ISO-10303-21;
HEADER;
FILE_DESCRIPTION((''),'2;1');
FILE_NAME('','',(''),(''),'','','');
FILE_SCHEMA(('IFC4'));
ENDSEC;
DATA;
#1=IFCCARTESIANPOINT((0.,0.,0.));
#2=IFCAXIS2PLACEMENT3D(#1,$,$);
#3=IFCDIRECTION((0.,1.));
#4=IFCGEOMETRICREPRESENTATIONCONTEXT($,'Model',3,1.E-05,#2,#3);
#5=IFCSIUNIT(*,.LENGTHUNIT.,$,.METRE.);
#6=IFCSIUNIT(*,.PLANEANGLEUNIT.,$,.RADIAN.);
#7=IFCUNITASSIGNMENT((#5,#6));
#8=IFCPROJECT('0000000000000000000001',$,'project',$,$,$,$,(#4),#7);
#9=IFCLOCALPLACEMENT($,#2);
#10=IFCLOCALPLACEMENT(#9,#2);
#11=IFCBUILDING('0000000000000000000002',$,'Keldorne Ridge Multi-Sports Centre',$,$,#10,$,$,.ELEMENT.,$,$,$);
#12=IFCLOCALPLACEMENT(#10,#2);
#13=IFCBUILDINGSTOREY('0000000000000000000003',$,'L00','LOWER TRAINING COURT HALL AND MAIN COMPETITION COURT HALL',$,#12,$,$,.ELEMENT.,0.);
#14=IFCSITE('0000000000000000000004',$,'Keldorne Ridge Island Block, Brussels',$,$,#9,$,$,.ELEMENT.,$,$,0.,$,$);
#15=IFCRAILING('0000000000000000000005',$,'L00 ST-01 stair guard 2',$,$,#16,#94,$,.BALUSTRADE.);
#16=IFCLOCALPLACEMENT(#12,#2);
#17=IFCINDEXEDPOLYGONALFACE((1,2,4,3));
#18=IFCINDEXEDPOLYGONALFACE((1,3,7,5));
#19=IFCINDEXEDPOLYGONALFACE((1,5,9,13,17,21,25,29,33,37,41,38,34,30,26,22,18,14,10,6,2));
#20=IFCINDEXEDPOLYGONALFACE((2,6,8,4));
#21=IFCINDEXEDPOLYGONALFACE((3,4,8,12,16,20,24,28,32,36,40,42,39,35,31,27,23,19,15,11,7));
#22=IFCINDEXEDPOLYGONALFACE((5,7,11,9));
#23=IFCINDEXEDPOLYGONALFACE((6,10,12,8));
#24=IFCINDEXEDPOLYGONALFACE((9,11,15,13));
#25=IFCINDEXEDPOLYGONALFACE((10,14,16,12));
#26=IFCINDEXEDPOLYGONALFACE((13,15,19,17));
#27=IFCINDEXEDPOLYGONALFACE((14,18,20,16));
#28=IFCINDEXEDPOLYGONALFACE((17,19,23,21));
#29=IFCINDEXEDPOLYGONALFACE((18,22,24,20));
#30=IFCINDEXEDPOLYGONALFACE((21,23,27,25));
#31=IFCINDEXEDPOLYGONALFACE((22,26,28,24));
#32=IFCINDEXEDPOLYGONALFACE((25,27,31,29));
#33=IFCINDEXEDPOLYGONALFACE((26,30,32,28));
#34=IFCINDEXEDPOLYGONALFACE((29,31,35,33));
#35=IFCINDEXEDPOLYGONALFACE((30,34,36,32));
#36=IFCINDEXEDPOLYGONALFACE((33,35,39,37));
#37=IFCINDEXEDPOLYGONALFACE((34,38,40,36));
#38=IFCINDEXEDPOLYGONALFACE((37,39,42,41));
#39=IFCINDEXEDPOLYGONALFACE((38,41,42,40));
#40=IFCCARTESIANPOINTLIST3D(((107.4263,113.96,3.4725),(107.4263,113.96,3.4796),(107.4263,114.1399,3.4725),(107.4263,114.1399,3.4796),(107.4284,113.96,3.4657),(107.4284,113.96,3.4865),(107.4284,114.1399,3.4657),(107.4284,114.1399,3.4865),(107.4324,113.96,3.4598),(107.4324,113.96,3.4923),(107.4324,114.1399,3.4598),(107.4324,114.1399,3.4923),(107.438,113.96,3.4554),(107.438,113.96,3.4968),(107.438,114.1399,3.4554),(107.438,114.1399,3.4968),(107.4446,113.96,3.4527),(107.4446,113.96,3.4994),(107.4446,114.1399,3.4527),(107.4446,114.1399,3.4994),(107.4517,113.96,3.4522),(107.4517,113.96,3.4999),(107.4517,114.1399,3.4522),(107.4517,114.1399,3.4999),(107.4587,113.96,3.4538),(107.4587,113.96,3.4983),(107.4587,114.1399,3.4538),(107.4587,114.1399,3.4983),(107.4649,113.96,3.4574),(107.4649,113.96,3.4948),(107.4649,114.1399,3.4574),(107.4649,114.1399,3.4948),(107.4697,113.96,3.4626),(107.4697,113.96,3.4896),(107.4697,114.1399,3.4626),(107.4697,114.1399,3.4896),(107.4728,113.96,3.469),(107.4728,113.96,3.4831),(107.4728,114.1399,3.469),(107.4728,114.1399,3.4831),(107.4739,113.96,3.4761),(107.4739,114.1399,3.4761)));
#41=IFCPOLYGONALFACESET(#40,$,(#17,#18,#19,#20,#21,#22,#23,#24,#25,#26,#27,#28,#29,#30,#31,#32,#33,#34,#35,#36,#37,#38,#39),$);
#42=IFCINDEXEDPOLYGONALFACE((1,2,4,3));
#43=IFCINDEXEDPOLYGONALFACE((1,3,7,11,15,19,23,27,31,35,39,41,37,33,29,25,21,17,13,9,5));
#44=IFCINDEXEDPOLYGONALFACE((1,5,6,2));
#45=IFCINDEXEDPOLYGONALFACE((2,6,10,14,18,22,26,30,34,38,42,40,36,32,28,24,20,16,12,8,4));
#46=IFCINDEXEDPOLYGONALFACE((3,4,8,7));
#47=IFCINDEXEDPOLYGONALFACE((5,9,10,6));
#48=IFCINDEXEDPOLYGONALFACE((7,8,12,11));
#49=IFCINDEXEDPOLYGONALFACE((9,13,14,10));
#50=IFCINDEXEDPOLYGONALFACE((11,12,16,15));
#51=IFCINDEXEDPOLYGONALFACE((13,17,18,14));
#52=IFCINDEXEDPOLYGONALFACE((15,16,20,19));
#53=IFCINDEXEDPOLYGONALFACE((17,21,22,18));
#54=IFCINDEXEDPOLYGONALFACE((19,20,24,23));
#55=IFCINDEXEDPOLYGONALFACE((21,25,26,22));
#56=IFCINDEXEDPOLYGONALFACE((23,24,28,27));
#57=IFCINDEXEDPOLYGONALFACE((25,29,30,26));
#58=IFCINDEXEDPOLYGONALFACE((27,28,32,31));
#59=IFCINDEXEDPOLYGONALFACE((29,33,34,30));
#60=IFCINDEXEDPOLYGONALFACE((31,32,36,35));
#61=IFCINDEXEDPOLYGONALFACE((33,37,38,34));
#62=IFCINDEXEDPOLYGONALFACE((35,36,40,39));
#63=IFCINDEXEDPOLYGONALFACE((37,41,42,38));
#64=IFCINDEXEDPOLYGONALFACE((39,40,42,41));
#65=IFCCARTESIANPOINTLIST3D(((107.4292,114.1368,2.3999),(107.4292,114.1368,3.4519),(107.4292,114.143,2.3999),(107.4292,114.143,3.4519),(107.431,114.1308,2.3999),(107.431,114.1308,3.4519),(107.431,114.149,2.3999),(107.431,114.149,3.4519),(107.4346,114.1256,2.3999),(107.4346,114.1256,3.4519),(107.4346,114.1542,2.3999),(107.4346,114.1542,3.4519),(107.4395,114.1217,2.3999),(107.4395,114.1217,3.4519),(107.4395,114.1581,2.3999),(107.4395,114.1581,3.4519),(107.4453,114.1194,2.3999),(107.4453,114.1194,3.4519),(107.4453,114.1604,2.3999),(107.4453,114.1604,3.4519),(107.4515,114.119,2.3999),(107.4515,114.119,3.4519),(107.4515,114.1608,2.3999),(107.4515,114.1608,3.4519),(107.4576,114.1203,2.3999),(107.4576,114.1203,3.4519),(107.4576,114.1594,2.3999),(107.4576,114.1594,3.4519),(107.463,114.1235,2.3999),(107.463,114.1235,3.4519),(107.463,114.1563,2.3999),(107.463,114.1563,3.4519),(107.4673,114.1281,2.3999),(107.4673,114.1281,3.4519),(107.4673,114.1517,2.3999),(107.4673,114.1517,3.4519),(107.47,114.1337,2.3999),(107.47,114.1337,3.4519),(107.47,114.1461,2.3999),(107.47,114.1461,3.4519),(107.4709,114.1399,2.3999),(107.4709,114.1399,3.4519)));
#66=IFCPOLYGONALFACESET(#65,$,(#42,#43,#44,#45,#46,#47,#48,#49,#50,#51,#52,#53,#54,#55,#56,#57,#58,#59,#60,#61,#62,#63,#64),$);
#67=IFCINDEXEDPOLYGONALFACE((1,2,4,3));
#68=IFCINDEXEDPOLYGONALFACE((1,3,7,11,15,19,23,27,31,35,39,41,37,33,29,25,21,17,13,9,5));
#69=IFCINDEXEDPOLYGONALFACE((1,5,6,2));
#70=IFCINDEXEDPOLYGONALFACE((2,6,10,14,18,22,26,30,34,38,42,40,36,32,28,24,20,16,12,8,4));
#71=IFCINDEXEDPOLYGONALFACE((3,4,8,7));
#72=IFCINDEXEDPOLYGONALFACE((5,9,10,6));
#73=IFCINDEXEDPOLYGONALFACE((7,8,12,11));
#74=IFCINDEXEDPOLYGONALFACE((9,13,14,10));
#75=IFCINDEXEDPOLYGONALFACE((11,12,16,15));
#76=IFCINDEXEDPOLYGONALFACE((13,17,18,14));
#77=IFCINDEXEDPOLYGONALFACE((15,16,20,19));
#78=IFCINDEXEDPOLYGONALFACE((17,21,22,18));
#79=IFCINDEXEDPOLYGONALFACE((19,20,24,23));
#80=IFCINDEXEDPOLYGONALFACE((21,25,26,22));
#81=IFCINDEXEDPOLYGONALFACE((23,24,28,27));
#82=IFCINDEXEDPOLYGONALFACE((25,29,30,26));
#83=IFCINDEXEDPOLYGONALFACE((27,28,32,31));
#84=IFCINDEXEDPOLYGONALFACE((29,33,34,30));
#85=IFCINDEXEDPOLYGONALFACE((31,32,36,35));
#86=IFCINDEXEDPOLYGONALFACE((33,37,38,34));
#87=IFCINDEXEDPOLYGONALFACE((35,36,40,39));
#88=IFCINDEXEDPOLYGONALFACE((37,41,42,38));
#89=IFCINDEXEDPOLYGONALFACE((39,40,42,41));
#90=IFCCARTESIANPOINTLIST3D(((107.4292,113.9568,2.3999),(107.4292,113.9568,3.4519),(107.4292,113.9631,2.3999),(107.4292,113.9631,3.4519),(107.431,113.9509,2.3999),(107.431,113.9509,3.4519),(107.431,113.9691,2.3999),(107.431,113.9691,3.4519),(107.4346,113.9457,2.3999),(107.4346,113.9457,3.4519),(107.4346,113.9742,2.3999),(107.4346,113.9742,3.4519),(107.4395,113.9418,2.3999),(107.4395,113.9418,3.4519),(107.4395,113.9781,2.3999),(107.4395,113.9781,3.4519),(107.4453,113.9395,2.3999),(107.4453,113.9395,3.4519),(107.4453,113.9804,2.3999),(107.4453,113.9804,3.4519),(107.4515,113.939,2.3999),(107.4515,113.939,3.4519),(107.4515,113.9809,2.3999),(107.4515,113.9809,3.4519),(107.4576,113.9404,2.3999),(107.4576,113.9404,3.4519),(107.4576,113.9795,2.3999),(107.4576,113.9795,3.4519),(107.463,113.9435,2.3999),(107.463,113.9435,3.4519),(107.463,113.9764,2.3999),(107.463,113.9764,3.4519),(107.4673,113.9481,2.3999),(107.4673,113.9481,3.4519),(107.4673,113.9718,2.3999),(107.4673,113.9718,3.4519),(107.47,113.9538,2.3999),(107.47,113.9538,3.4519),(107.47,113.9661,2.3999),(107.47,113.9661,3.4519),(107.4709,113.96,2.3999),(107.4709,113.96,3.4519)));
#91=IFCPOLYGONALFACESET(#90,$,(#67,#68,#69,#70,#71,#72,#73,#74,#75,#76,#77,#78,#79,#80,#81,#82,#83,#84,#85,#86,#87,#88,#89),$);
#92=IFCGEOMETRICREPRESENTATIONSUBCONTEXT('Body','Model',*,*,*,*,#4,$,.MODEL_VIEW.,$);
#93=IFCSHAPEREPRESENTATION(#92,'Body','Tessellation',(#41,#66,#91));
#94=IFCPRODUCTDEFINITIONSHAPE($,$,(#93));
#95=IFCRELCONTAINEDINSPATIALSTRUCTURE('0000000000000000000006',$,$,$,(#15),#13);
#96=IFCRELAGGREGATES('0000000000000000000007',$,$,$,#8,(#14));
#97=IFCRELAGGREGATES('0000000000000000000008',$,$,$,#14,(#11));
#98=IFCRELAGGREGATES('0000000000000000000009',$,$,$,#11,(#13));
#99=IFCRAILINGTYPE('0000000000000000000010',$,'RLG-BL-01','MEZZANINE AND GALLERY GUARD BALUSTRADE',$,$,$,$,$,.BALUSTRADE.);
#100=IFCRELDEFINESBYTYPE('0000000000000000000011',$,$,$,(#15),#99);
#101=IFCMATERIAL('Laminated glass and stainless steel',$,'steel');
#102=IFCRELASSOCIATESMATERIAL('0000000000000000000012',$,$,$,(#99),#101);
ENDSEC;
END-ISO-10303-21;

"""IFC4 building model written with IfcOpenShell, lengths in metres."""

from ifc_helpers import new_model, si_unit, direction, frame, origin, origin_2d, place, context, subcontext, project, spatial, circle, extrude, material, type_object, element, save


model = new_model("IFC4")

# Units and contexts
model_context = context("Model", 3, precision=1e-05, world=origin(), true_north=direction((0.0, 1.0)))
body_context = subcontext(model_context, "Body", "Model", "MODEL_VIEW")
ifc_project = project(units=[si_unit("LENGTHUNIT", "METRE"), si_unit("PLANEANGLEUNIT", "RADIAN")], contexts=[model_context])

# Site, building, storey
site_placement = place(None, origin())
site = spatial("IfcSite", under=ifc_project, at=site_placement, Name="Keldorne Ridge Island Block, Brussels", CompositionType="ELEMENT", RefElevation=0.0)
building_placement = place(site_placement, origin())
building = spatial("IfcBuilding", under=site, at=building_placement, Name="Keldorne Ridge Multi-Sports Centre", CompositionType="ELEMENT")
storey_placement = place(building_placement, origin())
storey = spatial("IfcBuildingStorey", under=building, at=storey_placement, Name="L00", Description="LOWER TRAINING COURT HALL AND MAIN COMPETITION COURT HALL", CompositionType="ELEMENT", Elevation=0.0)

# Railing
ifc_material_1 = material(Name="Laminated glass and stainless steel", Category="steel")
railing_type_1 = type_object("IfcRailingType", Name="RLG-BL-01", Description="MEZZANINE AND GALLERY GUARD BALUSTRADE", PredefinedType="BALUSTRADE", material=ifc_material_1)
railing_1_placement = place(storey_placement, frame((107.45, 114.1399, 2.3999)))
element("IfcRailing", 1, at=railing_1_placement, inside=storey, type_object=railing_type_1, Name="L00 ST-01 stair guard 2", PredefinedType="BALUSTRADE", context=body_context, shape_type="SweptSolid", body=[
    extrude(circle(Radius=0.0239, at=origin_2d()), frame((0.0, 0.0, 1.0762), z_axis=(0.0, -1.0, 0.0), x_axis=(1.0, 0.0, 0.0)), (0.0, 0.0, 1.0), 0.1799),
    extrude(circle(Radius=0.021, at=origin_2d()), origin(), (0.0, 0.0, 1.0), 1.052),
    extrude(circle(Radius=0.021, at=origin_2d()), frame((0.0, -0.1799, 0.0)), (0.0, 0.0, 1.0), 1.052),
])

save(model, "model.ifc")
